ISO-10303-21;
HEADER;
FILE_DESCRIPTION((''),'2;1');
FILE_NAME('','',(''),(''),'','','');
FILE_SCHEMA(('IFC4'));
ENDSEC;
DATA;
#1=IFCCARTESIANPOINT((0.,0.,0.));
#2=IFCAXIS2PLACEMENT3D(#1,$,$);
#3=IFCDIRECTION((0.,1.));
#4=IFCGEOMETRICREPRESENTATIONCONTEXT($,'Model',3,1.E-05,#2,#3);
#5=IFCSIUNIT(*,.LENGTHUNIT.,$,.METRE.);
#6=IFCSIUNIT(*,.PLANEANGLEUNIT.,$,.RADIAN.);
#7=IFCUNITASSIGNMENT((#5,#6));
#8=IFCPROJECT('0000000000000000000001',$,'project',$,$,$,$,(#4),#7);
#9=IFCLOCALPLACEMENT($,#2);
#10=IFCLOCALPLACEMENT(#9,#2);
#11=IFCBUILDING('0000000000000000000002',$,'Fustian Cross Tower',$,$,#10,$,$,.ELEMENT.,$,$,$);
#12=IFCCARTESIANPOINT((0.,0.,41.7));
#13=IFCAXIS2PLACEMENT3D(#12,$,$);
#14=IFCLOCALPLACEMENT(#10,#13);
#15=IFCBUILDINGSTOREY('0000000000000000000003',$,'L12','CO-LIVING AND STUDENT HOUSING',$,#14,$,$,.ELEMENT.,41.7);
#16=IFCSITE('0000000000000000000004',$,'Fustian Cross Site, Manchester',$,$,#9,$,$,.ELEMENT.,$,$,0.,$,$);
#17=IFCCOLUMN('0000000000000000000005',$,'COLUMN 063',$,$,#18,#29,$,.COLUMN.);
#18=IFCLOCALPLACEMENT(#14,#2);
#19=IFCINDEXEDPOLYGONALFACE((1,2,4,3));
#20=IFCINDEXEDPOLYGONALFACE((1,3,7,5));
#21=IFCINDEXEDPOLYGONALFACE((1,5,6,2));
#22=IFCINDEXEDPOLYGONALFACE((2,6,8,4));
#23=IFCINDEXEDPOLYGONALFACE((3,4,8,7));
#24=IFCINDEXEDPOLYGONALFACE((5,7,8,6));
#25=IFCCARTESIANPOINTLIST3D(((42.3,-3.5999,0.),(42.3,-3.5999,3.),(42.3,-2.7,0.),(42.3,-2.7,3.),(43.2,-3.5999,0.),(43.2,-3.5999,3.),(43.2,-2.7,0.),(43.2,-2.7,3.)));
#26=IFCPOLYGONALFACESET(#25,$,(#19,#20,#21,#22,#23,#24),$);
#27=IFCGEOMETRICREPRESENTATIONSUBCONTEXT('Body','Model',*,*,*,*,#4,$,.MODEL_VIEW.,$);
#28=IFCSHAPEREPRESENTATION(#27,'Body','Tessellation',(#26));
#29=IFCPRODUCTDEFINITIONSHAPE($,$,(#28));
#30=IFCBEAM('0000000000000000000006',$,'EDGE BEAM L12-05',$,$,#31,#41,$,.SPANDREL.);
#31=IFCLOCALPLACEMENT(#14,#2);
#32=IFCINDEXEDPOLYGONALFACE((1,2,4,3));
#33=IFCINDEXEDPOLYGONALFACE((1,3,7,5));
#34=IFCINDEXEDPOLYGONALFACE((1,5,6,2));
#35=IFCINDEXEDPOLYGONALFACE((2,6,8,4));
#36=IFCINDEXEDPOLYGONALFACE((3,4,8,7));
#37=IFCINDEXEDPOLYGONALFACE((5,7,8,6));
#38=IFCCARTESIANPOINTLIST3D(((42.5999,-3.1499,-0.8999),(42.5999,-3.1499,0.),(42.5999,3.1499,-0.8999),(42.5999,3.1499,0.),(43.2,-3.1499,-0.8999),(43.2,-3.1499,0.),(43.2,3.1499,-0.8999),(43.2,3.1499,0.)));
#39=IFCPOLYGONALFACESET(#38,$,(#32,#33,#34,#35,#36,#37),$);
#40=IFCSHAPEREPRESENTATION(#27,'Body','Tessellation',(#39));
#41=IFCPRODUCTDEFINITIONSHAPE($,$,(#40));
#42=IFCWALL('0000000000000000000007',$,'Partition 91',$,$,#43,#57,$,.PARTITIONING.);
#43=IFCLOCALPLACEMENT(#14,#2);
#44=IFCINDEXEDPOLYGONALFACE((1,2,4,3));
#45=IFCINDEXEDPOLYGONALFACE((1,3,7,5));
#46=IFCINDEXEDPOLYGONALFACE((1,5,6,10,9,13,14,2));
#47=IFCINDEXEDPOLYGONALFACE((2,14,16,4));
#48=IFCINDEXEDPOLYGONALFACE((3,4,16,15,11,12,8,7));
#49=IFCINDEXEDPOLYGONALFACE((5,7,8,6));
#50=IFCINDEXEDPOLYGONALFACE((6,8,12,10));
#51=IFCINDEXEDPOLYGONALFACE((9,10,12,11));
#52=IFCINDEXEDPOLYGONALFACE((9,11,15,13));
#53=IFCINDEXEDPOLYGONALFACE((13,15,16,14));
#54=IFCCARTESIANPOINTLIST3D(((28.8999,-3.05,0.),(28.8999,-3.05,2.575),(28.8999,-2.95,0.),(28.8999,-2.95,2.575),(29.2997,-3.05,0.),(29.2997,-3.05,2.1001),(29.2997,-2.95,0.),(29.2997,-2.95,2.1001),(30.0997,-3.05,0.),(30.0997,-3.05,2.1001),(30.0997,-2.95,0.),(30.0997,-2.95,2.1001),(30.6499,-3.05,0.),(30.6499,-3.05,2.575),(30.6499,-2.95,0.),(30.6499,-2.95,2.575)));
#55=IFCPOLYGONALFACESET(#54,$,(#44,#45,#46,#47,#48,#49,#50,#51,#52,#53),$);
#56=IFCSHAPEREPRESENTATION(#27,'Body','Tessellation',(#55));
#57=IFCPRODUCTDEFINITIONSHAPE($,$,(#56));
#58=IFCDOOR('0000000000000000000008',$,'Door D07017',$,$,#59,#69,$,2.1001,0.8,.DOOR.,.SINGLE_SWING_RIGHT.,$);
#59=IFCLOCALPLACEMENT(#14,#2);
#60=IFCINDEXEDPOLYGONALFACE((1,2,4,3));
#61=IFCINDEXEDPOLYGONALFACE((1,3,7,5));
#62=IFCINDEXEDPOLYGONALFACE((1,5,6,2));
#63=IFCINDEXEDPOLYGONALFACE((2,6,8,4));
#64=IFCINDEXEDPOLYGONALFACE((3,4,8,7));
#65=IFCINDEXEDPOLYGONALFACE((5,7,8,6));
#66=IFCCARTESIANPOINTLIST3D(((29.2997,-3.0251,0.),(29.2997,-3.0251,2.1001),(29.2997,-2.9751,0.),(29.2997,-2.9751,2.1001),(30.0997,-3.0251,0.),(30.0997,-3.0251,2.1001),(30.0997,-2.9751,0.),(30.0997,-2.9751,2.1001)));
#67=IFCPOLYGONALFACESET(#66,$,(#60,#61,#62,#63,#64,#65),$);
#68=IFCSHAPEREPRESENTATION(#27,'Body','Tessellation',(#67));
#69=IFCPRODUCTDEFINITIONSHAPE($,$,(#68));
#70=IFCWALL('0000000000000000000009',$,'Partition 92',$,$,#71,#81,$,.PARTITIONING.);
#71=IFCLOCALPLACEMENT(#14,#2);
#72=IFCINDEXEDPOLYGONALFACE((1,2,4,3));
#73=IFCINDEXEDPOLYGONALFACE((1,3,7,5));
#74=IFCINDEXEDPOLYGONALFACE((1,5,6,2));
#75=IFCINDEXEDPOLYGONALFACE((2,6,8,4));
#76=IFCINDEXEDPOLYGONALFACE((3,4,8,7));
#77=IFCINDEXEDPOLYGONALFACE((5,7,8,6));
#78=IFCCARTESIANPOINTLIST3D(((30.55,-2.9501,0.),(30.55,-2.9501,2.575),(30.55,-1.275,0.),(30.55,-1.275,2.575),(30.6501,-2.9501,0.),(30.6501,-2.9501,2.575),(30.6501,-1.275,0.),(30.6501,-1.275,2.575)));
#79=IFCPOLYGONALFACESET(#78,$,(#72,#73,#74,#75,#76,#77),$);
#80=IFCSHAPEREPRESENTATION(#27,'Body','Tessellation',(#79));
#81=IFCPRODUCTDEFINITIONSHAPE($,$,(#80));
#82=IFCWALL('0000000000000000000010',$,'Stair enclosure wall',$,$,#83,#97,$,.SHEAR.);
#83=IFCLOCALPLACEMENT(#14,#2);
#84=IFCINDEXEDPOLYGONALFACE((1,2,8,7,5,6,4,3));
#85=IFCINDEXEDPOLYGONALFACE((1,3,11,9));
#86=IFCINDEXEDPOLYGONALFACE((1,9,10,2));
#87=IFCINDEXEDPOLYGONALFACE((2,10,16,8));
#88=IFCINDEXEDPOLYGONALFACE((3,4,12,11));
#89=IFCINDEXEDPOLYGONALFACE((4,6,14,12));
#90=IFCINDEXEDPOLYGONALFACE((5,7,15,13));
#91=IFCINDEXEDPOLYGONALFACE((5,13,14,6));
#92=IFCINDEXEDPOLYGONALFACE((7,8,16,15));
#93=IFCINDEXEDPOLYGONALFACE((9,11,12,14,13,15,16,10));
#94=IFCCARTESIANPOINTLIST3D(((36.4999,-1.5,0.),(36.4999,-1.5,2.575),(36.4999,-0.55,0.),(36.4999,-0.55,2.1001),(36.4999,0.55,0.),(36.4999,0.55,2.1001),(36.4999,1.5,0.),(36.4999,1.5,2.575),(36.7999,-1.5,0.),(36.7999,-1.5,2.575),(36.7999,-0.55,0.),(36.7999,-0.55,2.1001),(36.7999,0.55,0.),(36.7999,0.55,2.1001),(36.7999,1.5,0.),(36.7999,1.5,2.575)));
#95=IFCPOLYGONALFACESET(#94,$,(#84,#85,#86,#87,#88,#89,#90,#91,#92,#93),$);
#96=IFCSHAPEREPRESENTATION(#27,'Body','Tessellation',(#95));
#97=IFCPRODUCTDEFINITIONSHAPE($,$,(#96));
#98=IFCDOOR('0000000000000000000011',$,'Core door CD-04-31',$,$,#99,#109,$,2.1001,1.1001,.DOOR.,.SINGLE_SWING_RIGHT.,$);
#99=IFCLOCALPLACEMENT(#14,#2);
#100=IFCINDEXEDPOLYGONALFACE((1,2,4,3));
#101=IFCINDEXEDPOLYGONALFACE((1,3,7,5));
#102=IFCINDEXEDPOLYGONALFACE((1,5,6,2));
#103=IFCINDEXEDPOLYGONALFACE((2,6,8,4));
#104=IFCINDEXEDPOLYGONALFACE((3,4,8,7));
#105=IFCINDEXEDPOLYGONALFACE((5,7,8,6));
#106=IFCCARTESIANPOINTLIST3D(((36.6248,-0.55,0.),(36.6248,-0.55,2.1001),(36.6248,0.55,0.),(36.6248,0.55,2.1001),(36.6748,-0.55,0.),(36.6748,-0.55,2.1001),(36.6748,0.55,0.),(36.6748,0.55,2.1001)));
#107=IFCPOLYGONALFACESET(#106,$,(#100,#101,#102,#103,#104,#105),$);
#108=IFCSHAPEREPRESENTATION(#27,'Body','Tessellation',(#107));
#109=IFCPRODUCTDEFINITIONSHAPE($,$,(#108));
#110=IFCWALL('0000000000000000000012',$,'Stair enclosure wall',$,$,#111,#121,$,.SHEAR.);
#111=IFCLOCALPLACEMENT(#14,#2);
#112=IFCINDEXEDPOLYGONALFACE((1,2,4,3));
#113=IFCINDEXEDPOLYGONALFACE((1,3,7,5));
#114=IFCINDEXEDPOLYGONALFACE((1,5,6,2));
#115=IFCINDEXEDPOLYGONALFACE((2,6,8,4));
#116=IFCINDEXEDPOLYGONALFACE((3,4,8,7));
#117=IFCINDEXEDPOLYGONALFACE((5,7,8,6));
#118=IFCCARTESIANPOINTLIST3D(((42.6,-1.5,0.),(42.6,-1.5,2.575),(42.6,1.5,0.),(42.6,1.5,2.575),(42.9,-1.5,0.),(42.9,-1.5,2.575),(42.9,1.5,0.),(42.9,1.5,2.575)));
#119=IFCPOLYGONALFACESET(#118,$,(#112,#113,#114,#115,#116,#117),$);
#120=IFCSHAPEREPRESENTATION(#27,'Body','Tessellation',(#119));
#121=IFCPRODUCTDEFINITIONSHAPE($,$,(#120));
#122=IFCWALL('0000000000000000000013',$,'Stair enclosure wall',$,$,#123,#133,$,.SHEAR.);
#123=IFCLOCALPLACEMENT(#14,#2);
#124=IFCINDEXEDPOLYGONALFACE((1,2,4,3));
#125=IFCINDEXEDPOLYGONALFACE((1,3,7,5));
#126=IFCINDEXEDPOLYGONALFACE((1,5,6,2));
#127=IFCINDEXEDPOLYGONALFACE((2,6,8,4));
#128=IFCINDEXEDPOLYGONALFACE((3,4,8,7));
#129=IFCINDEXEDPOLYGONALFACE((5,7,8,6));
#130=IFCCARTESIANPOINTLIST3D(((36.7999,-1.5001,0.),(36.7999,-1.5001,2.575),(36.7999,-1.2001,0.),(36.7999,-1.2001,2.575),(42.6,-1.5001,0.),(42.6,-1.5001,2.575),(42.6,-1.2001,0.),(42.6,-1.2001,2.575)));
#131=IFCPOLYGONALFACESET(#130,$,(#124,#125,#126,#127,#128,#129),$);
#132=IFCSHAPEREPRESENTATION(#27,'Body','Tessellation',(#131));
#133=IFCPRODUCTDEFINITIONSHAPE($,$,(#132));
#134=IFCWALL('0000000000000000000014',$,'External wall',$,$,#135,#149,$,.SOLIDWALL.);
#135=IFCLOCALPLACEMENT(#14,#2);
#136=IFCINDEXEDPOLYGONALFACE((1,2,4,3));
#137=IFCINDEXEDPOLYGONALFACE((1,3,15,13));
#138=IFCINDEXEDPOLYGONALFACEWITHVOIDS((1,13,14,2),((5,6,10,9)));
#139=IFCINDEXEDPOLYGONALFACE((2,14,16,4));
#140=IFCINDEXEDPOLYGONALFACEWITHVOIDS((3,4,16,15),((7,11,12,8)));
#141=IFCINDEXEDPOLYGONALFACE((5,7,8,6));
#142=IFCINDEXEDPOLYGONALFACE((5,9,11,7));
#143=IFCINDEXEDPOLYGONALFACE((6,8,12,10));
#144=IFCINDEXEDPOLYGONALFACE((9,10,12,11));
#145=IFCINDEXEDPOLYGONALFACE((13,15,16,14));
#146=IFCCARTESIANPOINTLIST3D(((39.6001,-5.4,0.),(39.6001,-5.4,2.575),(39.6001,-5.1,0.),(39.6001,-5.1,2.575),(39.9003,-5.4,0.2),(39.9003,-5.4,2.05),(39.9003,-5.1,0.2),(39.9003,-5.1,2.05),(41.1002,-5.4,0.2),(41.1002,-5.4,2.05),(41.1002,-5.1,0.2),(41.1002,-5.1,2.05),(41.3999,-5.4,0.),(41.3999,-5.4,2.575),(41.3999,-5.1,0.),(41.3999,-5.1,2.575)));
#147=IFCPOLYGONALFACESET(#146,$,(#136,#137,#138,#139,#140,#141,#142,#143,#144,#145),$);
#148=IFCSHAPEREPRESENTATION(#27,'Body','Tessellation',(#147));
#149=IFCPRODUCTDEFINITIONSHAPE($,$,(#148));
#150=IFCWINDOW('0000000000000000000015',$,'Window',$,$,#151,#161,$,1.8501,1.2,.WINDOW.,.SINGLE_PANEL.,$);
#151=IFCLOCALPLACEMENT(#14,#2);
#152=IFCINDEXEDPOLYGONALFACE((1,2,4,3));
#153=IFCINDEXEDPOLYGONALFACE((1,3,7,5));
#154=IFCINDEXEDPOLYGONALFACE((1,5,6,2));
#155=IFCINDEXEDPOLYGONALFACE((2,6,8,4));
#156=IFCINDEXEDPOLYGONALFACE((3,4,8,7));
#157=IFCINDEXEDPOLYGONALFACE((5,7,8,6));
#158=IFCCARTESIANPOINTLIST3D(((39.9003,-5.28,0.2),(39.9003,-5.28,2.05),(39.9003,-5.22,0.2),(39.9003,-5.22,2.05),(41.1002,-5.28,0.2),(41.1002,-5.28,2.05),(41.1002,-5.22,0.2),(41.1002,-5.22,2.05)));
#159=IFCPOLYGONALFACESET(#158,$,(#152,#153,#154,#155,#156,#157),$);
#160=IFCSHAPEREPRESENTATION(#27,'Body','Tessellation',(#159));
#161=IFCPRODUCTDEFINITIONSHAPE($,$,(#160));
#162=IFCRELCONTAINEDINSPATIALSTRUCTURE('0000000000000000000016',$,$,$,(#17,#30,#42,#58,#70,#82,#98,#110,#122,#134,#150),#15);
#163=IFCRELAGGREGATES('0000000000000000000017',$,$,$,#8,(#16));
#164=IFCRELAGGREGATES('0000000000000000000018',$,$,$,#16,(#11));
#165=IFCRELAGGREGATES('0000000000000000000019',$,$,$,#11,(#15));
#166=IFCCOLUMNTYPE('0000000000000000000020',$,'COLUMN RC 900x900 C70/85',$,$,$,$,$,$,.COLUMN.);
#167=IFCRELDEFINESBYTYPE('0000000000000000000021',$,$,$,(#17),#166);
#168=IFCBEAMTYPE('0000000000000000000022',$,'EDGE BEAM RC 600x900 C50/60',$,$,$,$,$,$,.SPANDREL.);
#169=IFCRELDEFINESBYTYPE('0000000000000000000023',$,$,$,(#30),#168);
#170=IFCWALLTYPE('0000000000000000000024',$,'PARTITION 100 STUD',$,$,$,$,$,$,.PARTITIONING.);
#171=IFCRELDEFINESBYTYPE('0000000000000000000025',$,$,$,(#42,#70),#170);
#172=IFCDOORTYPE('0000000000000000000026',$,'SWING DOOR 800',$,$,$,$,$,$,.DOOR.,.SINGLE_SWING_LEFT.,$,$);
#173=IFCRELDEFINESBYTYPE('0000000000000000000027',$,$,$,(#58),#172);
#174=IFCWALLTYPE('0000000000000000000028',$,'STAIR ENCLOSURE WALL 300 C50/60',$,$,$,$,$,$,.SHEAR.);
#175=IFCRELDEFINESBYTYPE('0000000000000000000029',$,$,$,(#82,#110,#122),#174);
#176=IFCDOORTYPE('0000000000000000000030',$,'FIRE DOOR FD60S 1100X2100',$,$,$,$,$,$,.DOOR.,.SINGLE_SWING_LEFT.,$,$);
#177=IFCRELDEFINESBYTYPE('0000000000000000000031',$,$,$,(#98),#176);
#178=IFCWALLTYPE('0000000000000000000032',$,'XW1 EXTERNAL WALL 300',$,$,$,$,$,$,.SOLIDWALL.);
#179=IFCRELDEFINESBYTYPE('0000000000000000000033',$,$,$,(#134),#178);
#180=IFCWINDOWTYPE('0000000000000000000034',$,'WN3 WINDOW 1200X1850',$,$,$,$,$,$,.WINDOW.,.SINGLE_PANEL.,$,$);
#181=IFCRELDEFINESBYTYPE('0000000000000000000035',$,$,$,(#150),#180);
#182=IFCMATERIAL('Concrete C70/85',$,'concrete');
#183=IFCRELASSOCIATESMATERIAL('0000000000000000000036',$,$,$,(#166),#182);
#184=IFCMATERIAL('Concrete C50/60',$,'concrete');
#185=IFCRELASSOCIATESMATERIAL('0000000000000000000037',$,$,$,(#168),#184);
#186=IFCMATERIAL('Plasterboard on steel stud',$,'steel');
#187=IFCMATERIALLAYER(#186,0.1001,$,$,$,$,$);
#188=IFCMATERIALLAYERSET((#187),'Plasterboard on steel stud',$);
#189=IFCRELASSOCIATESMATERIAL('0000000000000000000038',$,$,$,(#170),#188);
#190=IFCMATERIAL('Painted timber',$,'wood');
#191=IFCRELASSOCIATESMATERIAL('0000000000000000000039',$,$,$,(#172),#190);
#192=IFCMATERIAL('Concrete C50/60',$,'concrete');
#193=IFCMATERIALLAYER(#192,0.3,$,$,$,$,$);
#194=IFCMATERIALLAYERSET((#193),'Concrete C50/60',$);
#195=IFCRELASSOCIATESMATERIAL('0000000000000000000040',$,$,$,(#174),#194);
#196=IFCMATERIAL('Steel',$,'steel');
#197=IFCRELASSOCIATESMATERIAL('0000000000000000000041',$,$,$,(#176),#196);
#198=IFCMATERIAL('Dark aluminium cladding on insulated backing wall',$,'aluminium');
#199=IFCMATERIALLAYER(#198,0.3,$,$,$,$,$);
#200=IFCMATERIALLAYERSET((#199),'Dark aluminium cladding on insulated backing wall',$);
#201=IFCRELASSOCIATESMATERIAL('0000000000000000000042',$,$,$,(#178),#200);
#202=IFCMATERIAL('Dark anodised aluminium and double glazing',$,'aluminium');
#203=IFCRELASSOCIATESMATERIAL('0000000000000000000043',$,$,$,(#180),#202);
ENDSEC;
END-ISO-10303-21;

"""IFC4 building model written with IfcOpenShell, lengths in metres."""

from ifc_helpers import new_model, si_unit, direction, frame, frame_2d, origin, origin_2d, place, context, subcontext, project, spatial, rectangle, extrude, material, layer, layer_set, material_profile, profile_set, type_object, element, fill, save


model = new_model("IFC4")

# Units and contexts
model_context = context("Model", 3, precision=1e-05, world=origin(), true_north=direction((0.0, 1.0)))
body_context = subcontext(model_context, "Body", "Model", "MODEL_VIEW")
ifc_project = project(units=[si_unit("LENGTHUNIT", "METRE"), si_unit("PLANEANGLEUNIT", "RADIAN")], contexts=[model_context])

# Site, building, storey
site_placement = place(None, origin())
site = spatial("IfcSite", under=ifc_project, at=site_placement, Name="Fustian Cross Site, Manchester", CompositionType="ELEMENT", RefElevation=0.0)
building_placement = place(site_placement, origin())
building = spatial("IfcBuilding", under=site, at=building_placement, Name="Fustian Cross Tower", CompositionType="ELEMENT")
storey_placement = place(building_placement, frame((0.0, 0.0, 41.7)))
storey = spatial("IfcBuildingStorey", under=building, at=storey_placement, Name="L12", Description="CO-LIVING AND STUDENT HOUSING", CompositionType="ELEMENT", Elevation=41.7)

# Column
ifc_material_1 = material(Name="Concrete C70/85", Category="concrete")
ifc_material_profile_1 = material_profile(ifc_material_1, rectangle(XDim=0.8999, YDim=0.8999, at=origin_2d()), Name="RC 900x900")
ifc_profile_set_1 = profile_set([ifc_material_profile_1], Name="Concrete C70/85")
column_type = type_object("IfcColumnType", Name="COLUMN RC 900x900 C70/85", PredefinedType="COLUMN", material=ifc_profile_set_1)
column_placement = place(storey_placement, frame((42.75, -3.1499, 0.0), z_axis=(0.0, 0.0, 1.0), x_axis=(1.0, 0.0, 0.0)))
element("IfcColumn", 1, at=column_placement, inside=storey, type_object=column_type, Name="COLUMN 063", PredefinedType="COLUMN", context=body_context, shape_type="SweptSolid", body=[
    extrude(rectangle(XDim=0.8999, YDim=0.8999, at=origin_2d()), origin(), (0.0, 0.0, 1.0), 3.0),
])

# Beam
ifc_material_2 = material(Name="Concrete C50/60", Category="concrete")
ifc_material_profile_2 = material_profile(ifc_material_2, rectangle(XDim=0.6001, YDim=0.8999, at=origin_2d()), Name="RC 600x900")
ifc_profile_set_2 = profile_set([ifc_material_profile_2], Name="Concrete C50/60")
beam_type = type_object("IfcBeamType", Name="EDGE BEAM RC 600x900 C50/60", PredefinedType="SPANDREL", material=ifc_profile_set_2)
beam_placement = place(storey_placement, frame((42.8999, -3.1499, -0.45), z_axis=(0.0, 1.0, 0.0), x_axis=(-1.0, 0.0, 0.0)))
element("IfcBeam", 2, at=beam_placement, inside=storey, type_object=beam_type, Name="EDGE BEAM L12-05", PredefinedType="SPANDREL", context=body_context, shape_type="SweptSolid", body=[
    extrude(rectangle(XDim=0.6001, YDim=0.8999, at=origin_2d()), origin(), (0.0, 0.0, 1.0), 6.2998),
])

# Wall, opening, door
ifc_material_3 = material(Name="Plasterboard on steel stud", Category="steel")
ifc_layer_1 = layer(ifc_material_3, 0.1001)
ifc_layer_set_1 = layer_set([ifc_layer_1], Name="Plasterboard on steel stud")
wall_type_1 = type_object("IfcWallType", Name="PARTITION 100 STUD", PredefinedType="PARTITIONING", material=ifc_layer_set_1)
wall_1_placement = place(storey_placement, frame((28.8999, -3.0, 0.0), z_axis=(0.0, 0.0, 1.0), x_axis=(1.0, 0.0, 0.0)))
wall_1 = element("IfcWall", 3, at=wall_1_placement, inside=storey, type_object=wall_type_1, Name="Partition 91", PredefinedType="PARTITIONING", context=body_context, shape_type="SweptSolid", body=[
    extrude(rectangle(XDim=1.75, YDim=0.1001, at=frame_2d((0.875, 0.0))), origin(), (0.0, 0.0, 1.0), 2.575),
])
opening_1_placement = place(wall_1_placement, frame((0.3999, 0.0, 0.0)))
opening_1 = element("IfcOpeningElement", 4, at=opening_1_placement, cuts=wall_1, PredefinedType="OPENING", context=body_context, shape_type="SweptSolid", body=[
    extrude(rectangle(XDim=0.8, YDim=2.1001, at=frame_2d((0.3999, 1.05))), frame((0.0, 0.0601, 0.0), z_axis=(0.0, -1.0, 0.0), x_axis=(1.0, 0.0, 0.0)), (0.0, 0.0, 1.0), 0.1201),
])
ifc_material_4 = material(Name="Painted timber", Category="wood")
door_type_1 = type_object("IfcDoorType", Name="SWING DOOR 800", OperationType="SINGLE_SWING_LEFT", PredefinedType="DOOR", material=ifc_material_4)
door_1_placement = place(opening_1_placement, origin())
door_1 = element("IfcDoor", 5, at=door_1_placement, inside=storey, type_object=door_type_1, Name="Door D07017", OperationType="SINGLE_SWING_RIGHT", OverallHeight=2.1001, OverallWidth=0.8, PredefinedType="DOOR", context=body_context, shape_type="SweptSolid", body=[
    extrude(rectangle(XDim=0.8, YDim=2.1001, at=frame_2d((0.3999, 1.05))), frame((0.0, 0.0249, 0.0), z_axis=(0.0, -1.0, 0.0), x_axis=(1.0, 0.0, 0.0)), (0.0, 0.0, 1.0), 0.05),
])
fill(opening_1, door_1)

# Wall
wall_2_placement = place(storey_placement, frame((30.6001, -2.95, 0.0), z_axis=(0.0, 0.0, 1.0), x_axis=(0.0, 1.0, 0.0)))
element("IfcWall", 6, at=wall_2_placement, inside=storey, type_object=wall_type_1, Name="Partition 92", PredefinedType="PARTITIONING", context=body_context, shape_type="SweptSolid", body=[
    extrude(rectangle(XDim=1.675, YDim=0.1001, at=frame_2d((0.8374, 0.0))), origin(), (0.0, 0.0, 1.0), 2.575),
])

# Wall, opening, door
ifc_material_5 = material(Name="Concrete C50/60", Category="concrete")
ifc_layer_2 = layer(ifc_material_5, 0.3)
ifc_layer_set_2 = layer_set([ifc_layer_2], Name="Concrete C50/60")
wall_type_2 = type_object("IfcWallType", Name="STAIR ENCLOSURE WALL 300 C50/60", PredefinedType="SHEAR", material=ifc_layer_set_2)
wall_3_placement = place(storey_placement, frame((36.6499, -1.5, 0.0), z_axis=(0.0, 0.0, 1.0), x_axis=(0.0, 1.0, 0.0)))
wall_3 = element("IfcWall", 7, at=wall_3_placement, inside=storey, type_object=wall_type_2, Name="Stair enclosure wall", PredefinedType="SHEAR", context=body_context, shape_type="SweptSolid", body=[
    extrude(rectangle(XDim=3.0, YDim=0.3, at=frame_2d((1.5, 0.0))), origin(), (0.0, 0.0, 1.0), 2.575),
])
opening_2_placement = place(wall_3_placement, frame((0.95, 0.0, 0.0)))
opening_2 = element("IfcOpeningElement", 8, at=opening_2_placement, cuts=wall_3, PredefinedType="OPENING", context=body_context, shape_type="SweptSolid", body=[
    extrude(rectangle(XDim=1.1001, YDim=2.1001, at=frame_2d((0.55, 1.05))), frame((0.0, 0.1599, 0.0), z_axis=(0.0, -1.0, 0.0), x_axis=(1.0, 0.0, 0.0)), (0.0, 0.0, 1.0), 0.3201),
])
ifc_material_6 = material(Name="Steel", Category="steel")
door_type_2 = type_object("IfcDoorType", Name="FIRE DOOR FD60S 1100X2100", OperationType="SINGLE_SWING_LEFT", PredefinedType="DOOR", material=ifc_material_6)
door_2_placement = place(opening_2_placement, frame((1.1001, 0.0, 0.0), z_axis=(0.0, 0.0, 1.0), x_axis=(-1.0, 0.0, 0.0)))
door_2 = element("IfcDoor", 9, at=door_2_placement, inside=storey, type_object=door_type_2, Name="Core door CD-04-31", OperationType="SINGLE_SWING_RIGHT", OverallHeight=2.1001, OverallWidth=1.1001, PredefinedType="DOOR", context=body_context, shape_type="SweptSolid", body=[
    extrude(rectangle(XDim=1.1001, YDim=2.1001, at=frame_2d((0.55, 1.05))), frame((0.0, 0.0249, 0.0), z_axis=(0.0, -1.0, 0.0), x_axis=(1.0, 0.0, 0.0)), (0.0, 0.0, 1.0), 0.05),
])
fill(opening_2, door_2)

# Walls
wall_4_placement = place(storey_placement, frame((42.75, -1.5, 0.0), z_axis=(0.0, 0.0, 1.0), x_axis=(0.0, 1.0, 0.0)))
element("IfcWall", 10, at=wall_4_placement, inside=storey, type_object=wall_type_2, Name="Stair enclosure wall", PredefinedType="SHEAR", context=body_context, shape_type="SweptSolid", body=[
    extrude(rectangle(XDim=3.0, YDim=0.3, at=frame_2d((1.5, 0.0))), origin(), (0.0, 0.0, 1.0), 2.575),
])
wall_5_placement = place(storey_placement, frame((36.8, -1.3501, 0.0), z_axis=(0.0, 0.0, 1.0), x_axis=(1.0, 0.0, 0.0)))
element("IfcWall", 11, at=wall_5_placement, inside=storey, type_object=wall_type_2, Name="Stair enclosure wall", PredefinedType="SHEAR", context=body_context, shape_type="SweptSolid", body=[
    extrude(rectangle(XDim=5.8, YDim=0.3, at=frame_2d((2.8999, 0.0))), origin(), (0.0, 0.0, 1.0), 2.575),
])

# Wall, opening, window
ifc_material_7 = material(Name="Dark aluminium cladding on insulated backing wall", Category="aluminium")
ifc_layer_3 = layer(ifc_material_7, 0.3)
ifc_layer_set_3 = layer_set([ifc_layer_3], Name="Dark aluminium cladding on insulated backing wall")
wall_type_3 = type_object("IfcWallType", Name="XW1 EXTERNAL WALL 300", PredefinedType="SOLIDWALL", material=ifc_layer_set_3)
wall_6_placement = place(storey_placement, frame((39.6001, -5.25, 0.0), z_axis=(0.0, 0.0, 1.0), x_axis=(1.0, 0.0, 0.0)))
wall_6 = element("IfcWall", 12, at=wall_6_placement, inside=storey, type_object=wall_type_3, Name="External wall", PredefinedType="SOLIDWALL", context=body_context, shape_type="SweptSolid", body=[
    extrude(rectangle(XDim=1.7998, YDim=0.3, at=frame_2d((0.8999, 0.0))), origin(), (0.0, 0.0, 1.0), 2.575),
])
opening_3_placement = place(wall_6_placement, frame((0.3, 0.0, 0.2)))
opening_3 = element("IfcOpeningElement", 13, at=opening_3_placement, cuts=wall_6, PredefinedType="OPENING", context=body_context, shape_type="SweptSolid", body=[
    extrude(rectangle(XDim=1.2, YDim=1.8501, at=frame_2d((0.6001, 0.925))), frame((0.0, 0.1599, 0.0), z_axis=(0.0, -1.0, 0.0), x_axis=(1.0, 0.0, 0.0)), (0.0, 0.0, 1.0), 0.3201),
])
ifc_material_8 = material(Name="Dark anodised aluminium and double glazing", Category="aluminium")
window_type_1 = type_object("IfcWindowType", Name="WN3 WINDOW 1200X1850", PartitioningType="SINGLE_PANEL", PredefinedType="WINDOW", material=ifc_material_8)
window_1_placement = place(opening_3_placement, origin())
window_1 = element("IfcWindow", 14, at=window_1_placement, inside=storey, type_object=window_type_1, Name="Window", OverallHeight=1.8501, OverallWidth=1.2, PartitioningType="SINGLE_PANEL", PredefinedType="WINDOW", context=body_context, shape_type="SweptSolid", body=[
    extrude(rectangle(XDim=1.2, YDim=1.8501, at=frame_2d((0.6001, 0.925))), frame((0.0, 0.03, 0.0), z_axis=(0.0, -1.0, 0.0), x_axis=(1.0, 0.0, 0.0)), (0.0, 0.0, 1.0), 0.0601),
])
fill(opening_3, window_1)

save(model, "model.ifc")
